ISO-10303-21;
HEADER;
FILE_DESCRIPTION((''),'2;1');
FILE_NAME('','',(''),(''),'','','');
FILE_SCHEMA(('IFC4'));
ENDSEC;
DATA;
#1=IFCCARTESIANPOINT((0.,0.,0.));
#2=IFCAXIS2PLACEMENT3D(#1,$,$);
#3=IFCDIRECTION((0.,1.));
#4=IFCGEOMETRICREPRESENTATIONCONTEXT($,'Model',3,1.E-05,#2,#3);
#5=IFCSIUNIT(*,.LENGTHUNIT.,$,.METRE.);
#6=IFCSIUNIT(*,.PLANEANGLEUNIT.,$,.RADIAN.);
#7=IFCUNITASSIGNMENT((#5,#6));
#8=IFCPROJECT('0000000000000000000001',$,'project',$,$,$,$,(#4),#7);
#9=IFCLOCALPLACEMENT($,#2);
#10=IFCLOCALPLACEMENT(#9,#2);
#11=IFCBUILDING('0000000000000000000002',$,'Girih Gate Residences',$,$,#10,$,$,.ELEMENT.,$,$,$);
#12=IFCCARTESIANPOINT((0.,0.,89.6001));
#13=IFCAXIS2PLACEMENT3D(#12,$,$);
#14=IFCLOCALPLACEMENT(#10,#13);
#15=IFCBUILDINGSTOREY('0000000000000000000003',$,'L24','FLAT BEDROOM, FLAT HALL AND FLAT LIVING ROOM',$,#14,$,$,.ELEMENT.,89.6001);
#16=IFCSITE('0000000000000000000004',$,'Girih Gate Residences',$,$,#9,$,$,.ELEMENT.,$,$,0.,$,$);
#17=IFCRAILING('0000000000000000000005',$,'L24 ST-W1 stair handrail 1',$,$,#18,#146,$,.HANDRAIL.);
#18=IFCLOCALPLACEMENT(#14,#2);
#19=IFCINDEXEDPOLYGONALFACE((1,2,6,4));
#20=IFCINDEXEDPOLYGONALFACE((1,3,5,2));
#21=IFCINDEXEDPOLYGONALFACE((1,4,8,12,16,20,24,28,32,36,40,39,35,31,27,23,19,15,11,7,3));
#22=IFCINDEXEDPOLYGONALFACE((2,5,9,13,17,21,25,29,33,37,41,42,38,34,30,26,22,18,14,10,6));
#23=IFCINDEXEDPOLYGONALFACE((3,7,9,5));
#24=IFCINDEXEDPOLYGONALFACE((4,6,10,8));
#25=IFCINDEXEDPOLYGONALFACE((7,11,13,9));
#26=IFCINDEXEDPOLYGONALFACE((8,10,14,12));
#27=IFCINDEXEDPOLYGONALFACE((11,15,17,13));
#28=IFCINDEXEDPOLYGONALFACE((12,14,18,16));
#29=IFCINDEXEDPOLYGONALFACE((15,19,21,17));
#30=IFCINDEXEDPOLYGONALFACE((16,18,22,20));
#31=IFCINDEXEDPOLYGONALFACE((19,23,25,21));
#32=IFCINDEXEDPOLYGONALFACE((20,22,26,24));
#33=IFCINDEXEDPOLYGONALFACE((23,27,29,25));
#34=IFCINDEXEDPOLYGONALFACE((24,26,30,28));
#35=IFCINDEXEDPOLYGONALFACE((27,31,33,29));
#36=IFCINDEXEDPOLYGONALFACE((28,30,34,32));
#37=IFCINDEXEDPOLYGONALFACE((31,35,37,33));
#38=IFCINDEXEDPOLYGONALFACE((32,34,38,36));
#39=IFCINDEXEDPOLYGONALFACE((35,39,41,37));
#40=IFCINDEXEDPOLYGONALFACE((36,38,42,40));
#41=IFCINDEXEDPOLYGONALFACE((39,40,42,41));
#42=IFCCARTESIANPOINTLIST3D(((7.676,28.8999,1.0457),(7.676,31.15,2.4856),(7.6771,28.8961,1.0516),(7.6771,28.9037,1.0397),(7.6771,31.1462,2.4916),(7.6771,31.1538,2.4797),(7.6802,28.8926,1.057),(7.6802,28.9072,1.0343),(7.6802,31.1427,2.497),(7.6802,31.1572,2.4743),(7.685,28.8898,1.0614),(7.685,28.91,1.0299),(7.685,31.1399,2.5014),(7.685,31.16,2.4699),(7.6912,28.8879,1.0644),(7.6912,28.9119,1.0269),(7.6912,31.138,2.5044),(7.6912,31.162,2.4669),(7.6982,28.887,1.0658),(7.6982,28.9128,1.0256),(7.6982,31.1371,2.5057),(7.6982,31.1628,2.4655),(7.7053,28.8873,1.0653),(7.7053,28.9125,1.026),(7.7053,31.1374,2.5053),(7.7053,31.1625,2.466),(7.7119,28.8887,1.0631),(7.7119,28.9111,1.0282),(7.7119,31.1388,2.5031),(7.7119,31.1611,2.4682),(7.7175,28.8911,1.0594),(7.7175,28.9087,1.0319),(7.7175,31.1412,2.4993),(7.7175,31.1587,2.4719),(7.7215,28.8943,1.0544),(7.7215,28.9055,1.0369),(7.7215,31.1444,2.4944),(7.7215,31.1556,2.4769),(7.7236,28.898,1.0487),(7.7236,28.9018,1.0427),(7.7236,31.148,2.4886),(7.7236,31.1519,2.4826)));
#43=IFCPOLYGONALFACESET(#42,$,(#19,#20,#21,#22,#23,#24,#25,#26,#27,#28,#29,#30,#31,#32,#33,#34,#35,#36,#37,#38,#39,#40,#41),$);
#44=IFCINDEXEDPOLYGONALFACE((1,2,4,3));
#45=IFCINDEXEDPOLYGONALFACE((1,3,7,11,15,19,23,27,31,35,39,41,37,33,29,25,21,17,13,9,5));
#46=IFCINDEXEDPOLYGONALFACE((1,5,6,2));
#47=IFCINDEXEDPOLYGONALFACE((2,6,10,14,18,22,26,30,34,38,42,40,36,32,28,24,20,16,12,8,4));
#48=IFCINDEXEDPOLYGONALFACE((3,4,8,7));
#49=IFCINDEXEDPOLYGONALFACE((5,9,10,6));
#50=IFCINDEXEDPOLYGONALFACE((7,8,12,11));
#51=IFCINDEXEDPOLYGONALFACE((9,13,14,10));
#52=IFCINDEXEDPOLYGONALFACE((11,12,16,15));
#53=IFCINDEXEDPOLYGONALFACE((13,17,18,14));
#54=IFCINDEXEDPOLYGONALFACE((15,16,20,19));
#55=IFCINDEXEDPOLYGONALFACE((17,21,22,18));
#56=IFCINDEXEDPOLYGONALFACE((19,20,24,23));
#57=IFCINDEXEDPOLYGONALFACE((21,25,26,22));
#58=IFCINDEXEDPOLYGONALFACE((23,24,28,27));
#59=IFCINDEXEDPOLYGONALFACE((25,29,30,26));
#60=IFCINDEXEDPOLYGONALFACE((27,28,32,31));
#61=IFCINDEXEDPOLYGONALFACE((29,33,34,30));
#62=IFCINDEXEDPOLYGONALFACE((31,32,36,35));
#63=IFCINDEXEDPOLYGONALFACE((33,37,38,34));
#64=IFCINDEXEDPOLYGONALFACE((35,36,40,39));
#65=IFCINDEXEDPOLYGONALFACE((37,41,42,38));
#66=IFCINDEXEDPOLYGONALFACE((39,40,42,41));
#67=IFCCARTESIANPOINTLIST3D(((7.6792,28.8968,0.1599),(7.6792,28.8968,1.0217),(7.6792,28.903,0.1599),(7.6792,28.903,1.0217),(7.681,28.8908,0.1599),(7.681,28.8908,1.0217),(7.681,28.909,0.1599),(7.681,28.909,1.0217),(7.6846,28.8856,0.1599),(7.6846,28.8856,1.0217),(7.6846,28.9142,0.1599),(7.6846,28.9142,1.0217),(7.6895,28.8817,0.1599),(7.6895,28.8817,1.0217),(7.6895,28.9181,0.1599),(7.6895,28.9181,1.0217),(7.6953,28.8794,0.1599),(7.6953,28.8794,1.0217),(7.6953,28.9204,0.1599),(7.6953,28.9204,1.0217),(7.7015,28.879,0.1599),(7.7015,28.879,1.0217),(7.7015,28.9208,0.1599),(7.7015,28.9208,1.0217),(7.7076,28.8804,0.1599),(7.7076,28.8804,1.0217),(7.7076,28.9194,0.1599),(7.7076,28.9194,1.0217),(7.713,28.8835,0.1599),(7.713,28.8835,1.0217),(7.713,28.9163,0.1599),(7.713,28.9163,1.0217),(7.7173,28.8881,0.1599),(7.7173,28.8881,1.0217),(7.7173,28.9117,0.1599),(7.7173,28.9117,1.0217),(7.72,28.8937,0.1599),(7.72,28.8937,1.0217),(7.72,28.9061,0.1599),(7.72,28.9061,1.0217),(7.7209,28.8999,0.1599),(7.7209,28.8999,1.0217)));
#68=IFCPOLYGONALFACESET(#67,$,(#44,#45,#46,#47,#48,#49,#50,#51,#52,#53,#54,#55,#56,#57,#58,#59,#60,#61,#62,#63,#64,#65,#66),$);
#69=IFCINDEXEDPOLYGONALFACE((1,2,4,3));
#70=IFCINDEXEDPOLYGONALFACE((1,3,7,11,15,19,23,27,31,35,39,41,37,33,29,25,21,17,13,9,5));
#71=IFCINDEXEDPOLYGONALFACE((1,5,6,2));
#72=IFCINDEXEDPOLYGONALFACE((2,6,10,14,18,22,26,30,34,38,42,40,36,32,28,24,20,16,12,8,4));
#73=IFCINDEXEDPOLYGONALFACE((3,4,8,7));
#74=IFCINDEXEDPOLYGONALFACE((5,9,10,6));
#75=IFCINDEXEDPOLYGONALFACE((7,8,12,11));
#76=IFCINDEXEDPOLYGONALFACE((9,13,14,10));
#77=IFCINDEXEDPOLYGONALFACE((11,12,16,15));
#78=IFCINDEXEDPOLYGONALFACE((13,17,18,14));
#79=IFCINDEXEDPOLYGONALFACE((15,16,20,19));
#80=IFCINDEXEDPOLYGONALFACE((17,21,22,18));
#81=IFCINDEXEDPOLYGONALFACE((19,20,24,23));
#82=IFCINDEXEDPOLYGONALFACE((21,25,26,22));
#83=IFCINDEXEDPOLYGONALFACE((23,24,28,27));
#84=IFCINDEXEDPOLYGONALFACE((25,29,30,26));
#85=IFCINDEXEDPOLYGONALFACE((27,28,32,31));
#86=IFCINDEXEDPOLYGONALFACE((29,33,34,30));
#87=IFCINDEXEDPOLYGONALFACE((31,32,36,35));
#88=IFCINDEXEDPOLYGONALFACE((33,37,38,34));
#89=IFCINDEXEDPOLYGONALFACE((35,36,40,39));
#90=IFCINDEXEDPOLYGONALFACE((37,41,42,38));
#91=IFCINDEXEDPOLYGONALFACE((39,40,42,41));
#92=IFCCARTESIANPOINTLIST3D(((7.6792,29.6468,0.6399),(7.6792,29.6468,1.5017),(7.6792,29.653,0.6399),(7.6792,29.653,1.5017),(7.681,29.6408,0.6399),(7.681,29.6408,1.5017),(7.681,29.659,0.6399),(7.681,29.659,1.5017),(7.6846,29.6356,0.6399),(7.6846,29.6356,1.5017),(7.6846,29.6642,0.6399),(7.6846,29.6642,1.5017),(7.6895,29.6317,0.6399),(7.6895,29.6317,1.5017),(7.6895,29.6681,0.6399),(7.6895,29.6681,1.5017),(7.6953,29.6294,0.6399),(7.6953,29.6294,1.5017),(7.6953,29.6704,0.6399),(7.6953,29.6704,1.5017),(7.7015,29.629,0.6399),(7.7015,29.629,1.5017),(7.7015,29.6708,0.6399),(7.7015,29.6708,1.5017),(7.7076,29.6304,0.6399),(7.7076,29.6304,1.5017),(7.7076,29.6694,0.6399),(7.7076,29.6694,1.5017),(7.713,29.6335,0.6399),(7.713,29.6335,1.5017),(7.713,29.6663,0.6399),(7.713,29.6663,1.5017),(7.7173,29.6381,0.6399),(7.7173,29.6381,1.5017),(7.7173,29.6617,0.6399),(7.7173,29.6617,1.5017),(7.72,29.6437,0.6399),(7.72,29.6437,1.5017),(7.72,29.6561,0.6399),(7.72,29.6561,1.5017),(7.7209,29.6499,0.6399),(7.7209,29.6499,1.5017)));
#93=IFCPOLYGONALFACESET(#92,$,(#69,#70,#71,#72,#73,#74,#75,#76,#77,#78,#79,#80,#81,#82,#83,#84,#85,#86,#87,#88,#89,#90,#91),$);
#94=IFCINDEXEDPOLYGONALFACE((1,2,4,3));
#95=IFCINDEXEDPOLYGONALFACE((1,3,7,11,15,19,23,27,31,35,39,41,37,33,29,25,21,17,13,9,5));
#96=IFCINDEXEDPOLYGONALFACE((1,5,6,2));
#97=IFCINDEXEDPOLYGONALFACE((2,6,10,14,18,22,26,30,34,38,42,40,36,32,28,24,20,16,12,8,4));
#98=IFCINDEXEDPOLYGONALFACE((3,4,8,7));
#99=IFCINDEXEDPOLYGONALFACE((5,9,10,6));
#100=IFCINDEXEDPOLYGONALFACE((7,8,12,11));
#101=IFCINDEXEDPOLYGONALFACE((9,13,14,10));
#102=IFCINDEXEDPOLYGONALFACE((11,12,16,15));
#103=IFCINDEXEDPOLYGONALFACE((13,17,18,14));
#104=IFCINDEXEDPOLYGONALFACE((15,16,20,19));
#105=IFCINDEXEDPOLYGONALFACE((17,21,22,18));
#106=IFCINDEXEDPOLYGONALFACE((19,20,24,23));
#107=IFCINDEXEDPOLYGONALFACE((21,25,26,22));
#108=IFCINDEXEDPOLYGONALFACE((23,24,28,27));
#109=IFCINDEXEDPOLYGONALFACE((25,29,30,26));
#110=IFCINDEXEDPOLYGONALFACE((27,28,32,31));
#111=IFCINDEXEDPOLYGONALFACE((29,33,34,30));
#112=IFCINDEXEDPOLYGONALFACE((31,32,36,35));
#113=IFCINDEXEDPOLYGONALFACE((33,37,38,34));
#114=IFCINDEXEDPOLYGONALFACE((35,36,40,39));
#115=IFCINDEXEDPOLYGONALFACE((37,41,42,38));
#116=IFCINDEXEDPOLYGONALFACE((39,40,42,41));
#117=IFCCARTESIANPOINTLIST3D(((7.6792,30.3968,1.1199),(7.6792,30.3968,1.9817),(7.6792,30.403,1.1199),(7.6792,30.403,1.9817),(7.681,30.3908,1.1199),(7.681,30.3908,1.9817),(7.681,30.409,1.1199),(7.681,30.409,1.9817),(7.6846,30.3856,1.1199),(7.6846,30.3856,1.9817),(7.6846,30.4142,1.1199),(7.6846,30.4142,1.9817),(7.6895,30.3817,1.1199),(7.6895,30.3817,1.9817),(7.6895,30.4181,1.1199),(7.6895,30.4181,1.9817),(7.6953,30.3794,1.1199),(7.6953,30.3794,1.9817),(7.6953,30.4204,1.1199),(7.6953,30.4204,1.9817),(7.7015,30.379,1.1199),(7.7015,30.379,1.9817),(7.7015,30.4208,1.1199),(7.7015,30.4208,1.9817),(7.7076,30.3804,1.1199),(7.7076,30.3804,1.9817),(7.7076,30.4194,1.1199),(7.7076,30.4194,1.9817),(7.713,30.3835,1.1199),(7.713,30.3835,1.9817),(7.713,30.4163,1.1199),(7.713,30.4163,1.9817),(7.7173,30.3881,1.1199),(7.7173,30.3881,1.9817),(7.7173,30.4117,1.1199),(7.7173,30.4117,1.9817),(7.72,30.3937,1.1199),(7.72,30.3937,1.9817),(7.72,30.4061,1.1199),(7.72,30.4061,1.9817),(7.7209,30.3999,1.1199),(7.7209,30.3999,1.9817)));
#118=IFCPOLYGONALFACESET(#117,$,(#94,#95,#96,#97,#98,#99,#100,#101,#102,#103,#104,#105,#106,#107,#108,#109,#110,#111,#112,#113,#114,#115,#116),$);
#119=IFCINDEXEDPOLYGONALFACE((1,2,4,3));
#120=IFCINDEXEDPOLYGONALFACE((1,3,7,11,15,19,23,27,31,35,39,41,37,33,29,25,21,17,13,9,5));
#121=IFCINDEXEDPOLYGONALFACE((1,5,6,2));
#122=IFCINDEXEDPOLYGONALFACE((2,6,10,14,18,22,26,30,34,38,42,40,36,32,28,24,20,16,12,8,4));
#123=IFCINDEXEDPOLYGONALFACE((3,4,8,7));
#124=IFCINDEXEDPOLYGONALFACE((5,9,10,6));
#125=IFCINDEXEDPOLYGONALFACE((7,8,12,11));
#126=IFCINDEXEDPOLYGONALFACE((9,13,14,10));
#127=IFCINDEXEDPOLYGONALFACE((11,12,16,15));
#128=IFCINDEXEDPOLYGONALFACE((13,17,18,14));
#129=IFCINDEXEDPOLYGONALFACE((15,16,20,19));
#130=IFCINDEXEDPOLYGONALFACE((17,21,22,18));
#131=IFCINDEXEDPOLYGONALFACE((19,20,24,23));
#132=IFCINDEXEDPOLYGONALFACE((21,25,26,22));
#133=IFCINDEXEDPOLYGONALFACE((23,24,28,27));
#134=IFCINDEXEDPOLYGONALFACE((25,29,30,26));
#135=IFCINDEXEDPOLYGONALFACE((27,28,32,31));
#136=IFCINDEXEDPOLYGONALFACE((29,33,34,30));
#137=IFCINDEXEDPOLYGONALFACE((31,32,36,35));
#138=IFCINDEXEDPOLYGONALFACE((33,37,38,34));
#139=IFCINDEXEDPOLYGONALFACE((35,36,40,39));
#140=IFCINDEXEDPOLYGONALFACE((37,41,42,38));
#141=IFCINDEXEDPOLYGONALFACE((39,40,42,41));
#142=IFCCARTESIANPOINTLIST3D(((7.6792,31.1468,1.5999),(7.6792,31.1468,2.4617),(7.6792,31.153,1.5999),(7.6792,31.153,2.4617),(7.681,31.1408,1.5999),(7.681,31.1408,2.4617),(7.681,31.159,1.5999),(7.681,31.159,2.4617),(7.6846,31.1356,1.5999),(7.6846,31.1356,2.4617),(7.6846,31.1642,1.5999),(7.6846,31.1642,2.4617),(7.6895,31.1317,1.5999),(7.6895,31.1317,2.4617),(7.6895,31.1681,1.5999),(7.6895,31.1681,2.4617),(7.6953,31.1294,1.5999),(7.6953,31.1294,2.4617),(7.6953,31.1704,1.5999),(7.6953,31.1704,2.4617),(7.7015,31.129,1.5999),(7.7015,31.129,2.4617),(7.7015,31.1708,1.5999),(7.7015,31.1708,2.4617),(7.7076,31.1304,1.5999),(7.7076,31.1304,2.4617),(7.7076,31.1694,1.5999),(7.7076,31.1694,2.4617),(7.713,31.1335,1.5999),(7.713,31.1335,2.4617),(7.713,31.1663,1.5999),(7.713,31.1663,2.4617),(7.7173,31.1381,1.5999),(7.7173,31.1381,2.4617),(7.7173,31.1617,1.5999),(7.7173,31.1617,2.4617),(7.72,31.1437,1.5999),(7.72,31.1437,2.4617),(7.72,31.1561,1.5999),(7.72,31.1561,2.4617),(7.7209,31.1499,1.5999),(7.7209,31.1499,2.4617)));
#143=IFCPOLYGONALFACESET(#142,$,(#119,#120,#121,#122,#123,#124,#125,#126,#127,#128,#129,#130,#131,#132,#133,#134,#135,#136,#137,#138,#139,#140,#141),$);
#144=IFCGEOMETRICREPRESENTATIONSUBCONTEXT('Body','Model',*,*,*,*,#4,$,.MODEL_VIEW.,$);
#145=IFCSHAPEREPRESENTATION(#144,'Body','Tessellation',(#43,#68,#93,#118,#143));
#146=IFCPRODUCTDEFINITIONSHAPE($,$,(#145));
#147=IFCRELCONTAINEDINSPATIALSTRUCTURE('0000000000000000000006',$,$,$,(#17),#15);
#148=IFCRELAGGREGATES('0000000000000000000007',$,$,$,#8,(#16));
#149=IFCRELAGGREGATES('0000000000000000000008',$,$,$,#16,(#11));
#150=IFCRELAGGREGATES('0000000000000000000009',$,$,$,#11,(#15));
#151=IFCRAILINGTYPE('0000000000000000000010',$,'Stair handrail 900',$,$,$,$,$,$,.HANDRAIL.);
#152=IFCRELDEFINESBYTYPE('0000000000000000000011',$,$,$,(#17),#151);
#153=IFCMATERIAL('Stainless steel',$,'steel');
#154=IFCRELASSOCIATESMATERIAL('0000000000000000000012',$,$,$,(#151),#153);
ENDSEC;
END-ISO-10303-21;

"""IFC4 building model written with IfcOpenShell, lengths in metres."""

from ifc_helpers import new_model, si_unit, direction, frame, origin, origin_2d, place, context, subcontext, project, spatial, circle, extrude, material, type_object, element, save


model = new_model("IFC4")

# Units and contexts
model_context = context("Model", 3, precision=1e-05, world=origin(), true_north=direction((0.0, 1.0)))
body_context = subcontext(model_context, "Body", "Model", "MODEL_VIEW")
ifc_project = project(units=[si_unit("LENGTHUNIT", "METRE"), si_unit("PLANEANGLEUNIT", "RADIAN")], contexts=[model_context])

# Site, building, storey
site_placement = place(None, origin())
site = spatial("IfcSite", under=ifc_project, at=site_placement, Name="Girih Gate Residences", CompositionType="ELEMENT", RefElevation=0.0)
building_placement = place(site_placement, origin())
building = spatial("IfcBuilding", under=site, at=building_placement, Name="Girih Gate Residences", CompositionType="ELEMENT")
storey_placement = place(building_placement, frame((0.0, 0.0, 89.6001)))
storey = spatial("IfcBuildingStorey", under=building, at=storey_placement, Name="L24", Description="FLAT BEDROOM, FLAT HALL AND FLAT LIVING ROOM", CompositionType="ELEMENT", Elevation=89.6001)

# Railing
ifc_material_1 = material(Name="Stainless steel", Category="steel")
railing_type_1 = type_object("IfcRailingType", Name="Stair handrail 900", PredefinedType="HANDRAIL", material=ifc_material_1)
railing_1_placement = place(storey_placement, frame((7.7, 28.8999, 0.1599)))
element("IfcRailing", 1, at=railing_1_placement, inside=storey, type_object=railing_type_1, Name="L24 ST-W1 stair handrail 1", PredefinedType="HANDRAIL", context=body_context, shape_type="SweptSolid", body=[
    extrude(circle(Radius=0.0239, at=origin_2d()), frame((0.0, 0.0, 0.8857), z_axis=(0.0, 0.842281, 0.539038), x_axis=(-1.0, 0.0, 0.0)), (0.0, 0.0, 1.0), 2.6714),
    extrude(circle(Radius=0.021, at=origin_2d()), origin(), (0.0, 0.0, 1.0), 0.8618),
    extrude(circle(Radius=0.021, at=origin_2d()), frame((0.0, 0.75, 0.48)), (0.0, 0.0, 1.0), 0.8618),
    extrude(circle(Radius=0.021, at=origin_2d()), frame((0.0, 1.5, 0.96)), (0.0, 0.0, 1.0), 0.8618),
    extrude(circle(Radius=0.021, at=origin_2d()), frame((0.0, 2.25, 1.4399)), (0.0, 0.0, 1.0), 0.8618),
])

save(model, "model.ifc")
